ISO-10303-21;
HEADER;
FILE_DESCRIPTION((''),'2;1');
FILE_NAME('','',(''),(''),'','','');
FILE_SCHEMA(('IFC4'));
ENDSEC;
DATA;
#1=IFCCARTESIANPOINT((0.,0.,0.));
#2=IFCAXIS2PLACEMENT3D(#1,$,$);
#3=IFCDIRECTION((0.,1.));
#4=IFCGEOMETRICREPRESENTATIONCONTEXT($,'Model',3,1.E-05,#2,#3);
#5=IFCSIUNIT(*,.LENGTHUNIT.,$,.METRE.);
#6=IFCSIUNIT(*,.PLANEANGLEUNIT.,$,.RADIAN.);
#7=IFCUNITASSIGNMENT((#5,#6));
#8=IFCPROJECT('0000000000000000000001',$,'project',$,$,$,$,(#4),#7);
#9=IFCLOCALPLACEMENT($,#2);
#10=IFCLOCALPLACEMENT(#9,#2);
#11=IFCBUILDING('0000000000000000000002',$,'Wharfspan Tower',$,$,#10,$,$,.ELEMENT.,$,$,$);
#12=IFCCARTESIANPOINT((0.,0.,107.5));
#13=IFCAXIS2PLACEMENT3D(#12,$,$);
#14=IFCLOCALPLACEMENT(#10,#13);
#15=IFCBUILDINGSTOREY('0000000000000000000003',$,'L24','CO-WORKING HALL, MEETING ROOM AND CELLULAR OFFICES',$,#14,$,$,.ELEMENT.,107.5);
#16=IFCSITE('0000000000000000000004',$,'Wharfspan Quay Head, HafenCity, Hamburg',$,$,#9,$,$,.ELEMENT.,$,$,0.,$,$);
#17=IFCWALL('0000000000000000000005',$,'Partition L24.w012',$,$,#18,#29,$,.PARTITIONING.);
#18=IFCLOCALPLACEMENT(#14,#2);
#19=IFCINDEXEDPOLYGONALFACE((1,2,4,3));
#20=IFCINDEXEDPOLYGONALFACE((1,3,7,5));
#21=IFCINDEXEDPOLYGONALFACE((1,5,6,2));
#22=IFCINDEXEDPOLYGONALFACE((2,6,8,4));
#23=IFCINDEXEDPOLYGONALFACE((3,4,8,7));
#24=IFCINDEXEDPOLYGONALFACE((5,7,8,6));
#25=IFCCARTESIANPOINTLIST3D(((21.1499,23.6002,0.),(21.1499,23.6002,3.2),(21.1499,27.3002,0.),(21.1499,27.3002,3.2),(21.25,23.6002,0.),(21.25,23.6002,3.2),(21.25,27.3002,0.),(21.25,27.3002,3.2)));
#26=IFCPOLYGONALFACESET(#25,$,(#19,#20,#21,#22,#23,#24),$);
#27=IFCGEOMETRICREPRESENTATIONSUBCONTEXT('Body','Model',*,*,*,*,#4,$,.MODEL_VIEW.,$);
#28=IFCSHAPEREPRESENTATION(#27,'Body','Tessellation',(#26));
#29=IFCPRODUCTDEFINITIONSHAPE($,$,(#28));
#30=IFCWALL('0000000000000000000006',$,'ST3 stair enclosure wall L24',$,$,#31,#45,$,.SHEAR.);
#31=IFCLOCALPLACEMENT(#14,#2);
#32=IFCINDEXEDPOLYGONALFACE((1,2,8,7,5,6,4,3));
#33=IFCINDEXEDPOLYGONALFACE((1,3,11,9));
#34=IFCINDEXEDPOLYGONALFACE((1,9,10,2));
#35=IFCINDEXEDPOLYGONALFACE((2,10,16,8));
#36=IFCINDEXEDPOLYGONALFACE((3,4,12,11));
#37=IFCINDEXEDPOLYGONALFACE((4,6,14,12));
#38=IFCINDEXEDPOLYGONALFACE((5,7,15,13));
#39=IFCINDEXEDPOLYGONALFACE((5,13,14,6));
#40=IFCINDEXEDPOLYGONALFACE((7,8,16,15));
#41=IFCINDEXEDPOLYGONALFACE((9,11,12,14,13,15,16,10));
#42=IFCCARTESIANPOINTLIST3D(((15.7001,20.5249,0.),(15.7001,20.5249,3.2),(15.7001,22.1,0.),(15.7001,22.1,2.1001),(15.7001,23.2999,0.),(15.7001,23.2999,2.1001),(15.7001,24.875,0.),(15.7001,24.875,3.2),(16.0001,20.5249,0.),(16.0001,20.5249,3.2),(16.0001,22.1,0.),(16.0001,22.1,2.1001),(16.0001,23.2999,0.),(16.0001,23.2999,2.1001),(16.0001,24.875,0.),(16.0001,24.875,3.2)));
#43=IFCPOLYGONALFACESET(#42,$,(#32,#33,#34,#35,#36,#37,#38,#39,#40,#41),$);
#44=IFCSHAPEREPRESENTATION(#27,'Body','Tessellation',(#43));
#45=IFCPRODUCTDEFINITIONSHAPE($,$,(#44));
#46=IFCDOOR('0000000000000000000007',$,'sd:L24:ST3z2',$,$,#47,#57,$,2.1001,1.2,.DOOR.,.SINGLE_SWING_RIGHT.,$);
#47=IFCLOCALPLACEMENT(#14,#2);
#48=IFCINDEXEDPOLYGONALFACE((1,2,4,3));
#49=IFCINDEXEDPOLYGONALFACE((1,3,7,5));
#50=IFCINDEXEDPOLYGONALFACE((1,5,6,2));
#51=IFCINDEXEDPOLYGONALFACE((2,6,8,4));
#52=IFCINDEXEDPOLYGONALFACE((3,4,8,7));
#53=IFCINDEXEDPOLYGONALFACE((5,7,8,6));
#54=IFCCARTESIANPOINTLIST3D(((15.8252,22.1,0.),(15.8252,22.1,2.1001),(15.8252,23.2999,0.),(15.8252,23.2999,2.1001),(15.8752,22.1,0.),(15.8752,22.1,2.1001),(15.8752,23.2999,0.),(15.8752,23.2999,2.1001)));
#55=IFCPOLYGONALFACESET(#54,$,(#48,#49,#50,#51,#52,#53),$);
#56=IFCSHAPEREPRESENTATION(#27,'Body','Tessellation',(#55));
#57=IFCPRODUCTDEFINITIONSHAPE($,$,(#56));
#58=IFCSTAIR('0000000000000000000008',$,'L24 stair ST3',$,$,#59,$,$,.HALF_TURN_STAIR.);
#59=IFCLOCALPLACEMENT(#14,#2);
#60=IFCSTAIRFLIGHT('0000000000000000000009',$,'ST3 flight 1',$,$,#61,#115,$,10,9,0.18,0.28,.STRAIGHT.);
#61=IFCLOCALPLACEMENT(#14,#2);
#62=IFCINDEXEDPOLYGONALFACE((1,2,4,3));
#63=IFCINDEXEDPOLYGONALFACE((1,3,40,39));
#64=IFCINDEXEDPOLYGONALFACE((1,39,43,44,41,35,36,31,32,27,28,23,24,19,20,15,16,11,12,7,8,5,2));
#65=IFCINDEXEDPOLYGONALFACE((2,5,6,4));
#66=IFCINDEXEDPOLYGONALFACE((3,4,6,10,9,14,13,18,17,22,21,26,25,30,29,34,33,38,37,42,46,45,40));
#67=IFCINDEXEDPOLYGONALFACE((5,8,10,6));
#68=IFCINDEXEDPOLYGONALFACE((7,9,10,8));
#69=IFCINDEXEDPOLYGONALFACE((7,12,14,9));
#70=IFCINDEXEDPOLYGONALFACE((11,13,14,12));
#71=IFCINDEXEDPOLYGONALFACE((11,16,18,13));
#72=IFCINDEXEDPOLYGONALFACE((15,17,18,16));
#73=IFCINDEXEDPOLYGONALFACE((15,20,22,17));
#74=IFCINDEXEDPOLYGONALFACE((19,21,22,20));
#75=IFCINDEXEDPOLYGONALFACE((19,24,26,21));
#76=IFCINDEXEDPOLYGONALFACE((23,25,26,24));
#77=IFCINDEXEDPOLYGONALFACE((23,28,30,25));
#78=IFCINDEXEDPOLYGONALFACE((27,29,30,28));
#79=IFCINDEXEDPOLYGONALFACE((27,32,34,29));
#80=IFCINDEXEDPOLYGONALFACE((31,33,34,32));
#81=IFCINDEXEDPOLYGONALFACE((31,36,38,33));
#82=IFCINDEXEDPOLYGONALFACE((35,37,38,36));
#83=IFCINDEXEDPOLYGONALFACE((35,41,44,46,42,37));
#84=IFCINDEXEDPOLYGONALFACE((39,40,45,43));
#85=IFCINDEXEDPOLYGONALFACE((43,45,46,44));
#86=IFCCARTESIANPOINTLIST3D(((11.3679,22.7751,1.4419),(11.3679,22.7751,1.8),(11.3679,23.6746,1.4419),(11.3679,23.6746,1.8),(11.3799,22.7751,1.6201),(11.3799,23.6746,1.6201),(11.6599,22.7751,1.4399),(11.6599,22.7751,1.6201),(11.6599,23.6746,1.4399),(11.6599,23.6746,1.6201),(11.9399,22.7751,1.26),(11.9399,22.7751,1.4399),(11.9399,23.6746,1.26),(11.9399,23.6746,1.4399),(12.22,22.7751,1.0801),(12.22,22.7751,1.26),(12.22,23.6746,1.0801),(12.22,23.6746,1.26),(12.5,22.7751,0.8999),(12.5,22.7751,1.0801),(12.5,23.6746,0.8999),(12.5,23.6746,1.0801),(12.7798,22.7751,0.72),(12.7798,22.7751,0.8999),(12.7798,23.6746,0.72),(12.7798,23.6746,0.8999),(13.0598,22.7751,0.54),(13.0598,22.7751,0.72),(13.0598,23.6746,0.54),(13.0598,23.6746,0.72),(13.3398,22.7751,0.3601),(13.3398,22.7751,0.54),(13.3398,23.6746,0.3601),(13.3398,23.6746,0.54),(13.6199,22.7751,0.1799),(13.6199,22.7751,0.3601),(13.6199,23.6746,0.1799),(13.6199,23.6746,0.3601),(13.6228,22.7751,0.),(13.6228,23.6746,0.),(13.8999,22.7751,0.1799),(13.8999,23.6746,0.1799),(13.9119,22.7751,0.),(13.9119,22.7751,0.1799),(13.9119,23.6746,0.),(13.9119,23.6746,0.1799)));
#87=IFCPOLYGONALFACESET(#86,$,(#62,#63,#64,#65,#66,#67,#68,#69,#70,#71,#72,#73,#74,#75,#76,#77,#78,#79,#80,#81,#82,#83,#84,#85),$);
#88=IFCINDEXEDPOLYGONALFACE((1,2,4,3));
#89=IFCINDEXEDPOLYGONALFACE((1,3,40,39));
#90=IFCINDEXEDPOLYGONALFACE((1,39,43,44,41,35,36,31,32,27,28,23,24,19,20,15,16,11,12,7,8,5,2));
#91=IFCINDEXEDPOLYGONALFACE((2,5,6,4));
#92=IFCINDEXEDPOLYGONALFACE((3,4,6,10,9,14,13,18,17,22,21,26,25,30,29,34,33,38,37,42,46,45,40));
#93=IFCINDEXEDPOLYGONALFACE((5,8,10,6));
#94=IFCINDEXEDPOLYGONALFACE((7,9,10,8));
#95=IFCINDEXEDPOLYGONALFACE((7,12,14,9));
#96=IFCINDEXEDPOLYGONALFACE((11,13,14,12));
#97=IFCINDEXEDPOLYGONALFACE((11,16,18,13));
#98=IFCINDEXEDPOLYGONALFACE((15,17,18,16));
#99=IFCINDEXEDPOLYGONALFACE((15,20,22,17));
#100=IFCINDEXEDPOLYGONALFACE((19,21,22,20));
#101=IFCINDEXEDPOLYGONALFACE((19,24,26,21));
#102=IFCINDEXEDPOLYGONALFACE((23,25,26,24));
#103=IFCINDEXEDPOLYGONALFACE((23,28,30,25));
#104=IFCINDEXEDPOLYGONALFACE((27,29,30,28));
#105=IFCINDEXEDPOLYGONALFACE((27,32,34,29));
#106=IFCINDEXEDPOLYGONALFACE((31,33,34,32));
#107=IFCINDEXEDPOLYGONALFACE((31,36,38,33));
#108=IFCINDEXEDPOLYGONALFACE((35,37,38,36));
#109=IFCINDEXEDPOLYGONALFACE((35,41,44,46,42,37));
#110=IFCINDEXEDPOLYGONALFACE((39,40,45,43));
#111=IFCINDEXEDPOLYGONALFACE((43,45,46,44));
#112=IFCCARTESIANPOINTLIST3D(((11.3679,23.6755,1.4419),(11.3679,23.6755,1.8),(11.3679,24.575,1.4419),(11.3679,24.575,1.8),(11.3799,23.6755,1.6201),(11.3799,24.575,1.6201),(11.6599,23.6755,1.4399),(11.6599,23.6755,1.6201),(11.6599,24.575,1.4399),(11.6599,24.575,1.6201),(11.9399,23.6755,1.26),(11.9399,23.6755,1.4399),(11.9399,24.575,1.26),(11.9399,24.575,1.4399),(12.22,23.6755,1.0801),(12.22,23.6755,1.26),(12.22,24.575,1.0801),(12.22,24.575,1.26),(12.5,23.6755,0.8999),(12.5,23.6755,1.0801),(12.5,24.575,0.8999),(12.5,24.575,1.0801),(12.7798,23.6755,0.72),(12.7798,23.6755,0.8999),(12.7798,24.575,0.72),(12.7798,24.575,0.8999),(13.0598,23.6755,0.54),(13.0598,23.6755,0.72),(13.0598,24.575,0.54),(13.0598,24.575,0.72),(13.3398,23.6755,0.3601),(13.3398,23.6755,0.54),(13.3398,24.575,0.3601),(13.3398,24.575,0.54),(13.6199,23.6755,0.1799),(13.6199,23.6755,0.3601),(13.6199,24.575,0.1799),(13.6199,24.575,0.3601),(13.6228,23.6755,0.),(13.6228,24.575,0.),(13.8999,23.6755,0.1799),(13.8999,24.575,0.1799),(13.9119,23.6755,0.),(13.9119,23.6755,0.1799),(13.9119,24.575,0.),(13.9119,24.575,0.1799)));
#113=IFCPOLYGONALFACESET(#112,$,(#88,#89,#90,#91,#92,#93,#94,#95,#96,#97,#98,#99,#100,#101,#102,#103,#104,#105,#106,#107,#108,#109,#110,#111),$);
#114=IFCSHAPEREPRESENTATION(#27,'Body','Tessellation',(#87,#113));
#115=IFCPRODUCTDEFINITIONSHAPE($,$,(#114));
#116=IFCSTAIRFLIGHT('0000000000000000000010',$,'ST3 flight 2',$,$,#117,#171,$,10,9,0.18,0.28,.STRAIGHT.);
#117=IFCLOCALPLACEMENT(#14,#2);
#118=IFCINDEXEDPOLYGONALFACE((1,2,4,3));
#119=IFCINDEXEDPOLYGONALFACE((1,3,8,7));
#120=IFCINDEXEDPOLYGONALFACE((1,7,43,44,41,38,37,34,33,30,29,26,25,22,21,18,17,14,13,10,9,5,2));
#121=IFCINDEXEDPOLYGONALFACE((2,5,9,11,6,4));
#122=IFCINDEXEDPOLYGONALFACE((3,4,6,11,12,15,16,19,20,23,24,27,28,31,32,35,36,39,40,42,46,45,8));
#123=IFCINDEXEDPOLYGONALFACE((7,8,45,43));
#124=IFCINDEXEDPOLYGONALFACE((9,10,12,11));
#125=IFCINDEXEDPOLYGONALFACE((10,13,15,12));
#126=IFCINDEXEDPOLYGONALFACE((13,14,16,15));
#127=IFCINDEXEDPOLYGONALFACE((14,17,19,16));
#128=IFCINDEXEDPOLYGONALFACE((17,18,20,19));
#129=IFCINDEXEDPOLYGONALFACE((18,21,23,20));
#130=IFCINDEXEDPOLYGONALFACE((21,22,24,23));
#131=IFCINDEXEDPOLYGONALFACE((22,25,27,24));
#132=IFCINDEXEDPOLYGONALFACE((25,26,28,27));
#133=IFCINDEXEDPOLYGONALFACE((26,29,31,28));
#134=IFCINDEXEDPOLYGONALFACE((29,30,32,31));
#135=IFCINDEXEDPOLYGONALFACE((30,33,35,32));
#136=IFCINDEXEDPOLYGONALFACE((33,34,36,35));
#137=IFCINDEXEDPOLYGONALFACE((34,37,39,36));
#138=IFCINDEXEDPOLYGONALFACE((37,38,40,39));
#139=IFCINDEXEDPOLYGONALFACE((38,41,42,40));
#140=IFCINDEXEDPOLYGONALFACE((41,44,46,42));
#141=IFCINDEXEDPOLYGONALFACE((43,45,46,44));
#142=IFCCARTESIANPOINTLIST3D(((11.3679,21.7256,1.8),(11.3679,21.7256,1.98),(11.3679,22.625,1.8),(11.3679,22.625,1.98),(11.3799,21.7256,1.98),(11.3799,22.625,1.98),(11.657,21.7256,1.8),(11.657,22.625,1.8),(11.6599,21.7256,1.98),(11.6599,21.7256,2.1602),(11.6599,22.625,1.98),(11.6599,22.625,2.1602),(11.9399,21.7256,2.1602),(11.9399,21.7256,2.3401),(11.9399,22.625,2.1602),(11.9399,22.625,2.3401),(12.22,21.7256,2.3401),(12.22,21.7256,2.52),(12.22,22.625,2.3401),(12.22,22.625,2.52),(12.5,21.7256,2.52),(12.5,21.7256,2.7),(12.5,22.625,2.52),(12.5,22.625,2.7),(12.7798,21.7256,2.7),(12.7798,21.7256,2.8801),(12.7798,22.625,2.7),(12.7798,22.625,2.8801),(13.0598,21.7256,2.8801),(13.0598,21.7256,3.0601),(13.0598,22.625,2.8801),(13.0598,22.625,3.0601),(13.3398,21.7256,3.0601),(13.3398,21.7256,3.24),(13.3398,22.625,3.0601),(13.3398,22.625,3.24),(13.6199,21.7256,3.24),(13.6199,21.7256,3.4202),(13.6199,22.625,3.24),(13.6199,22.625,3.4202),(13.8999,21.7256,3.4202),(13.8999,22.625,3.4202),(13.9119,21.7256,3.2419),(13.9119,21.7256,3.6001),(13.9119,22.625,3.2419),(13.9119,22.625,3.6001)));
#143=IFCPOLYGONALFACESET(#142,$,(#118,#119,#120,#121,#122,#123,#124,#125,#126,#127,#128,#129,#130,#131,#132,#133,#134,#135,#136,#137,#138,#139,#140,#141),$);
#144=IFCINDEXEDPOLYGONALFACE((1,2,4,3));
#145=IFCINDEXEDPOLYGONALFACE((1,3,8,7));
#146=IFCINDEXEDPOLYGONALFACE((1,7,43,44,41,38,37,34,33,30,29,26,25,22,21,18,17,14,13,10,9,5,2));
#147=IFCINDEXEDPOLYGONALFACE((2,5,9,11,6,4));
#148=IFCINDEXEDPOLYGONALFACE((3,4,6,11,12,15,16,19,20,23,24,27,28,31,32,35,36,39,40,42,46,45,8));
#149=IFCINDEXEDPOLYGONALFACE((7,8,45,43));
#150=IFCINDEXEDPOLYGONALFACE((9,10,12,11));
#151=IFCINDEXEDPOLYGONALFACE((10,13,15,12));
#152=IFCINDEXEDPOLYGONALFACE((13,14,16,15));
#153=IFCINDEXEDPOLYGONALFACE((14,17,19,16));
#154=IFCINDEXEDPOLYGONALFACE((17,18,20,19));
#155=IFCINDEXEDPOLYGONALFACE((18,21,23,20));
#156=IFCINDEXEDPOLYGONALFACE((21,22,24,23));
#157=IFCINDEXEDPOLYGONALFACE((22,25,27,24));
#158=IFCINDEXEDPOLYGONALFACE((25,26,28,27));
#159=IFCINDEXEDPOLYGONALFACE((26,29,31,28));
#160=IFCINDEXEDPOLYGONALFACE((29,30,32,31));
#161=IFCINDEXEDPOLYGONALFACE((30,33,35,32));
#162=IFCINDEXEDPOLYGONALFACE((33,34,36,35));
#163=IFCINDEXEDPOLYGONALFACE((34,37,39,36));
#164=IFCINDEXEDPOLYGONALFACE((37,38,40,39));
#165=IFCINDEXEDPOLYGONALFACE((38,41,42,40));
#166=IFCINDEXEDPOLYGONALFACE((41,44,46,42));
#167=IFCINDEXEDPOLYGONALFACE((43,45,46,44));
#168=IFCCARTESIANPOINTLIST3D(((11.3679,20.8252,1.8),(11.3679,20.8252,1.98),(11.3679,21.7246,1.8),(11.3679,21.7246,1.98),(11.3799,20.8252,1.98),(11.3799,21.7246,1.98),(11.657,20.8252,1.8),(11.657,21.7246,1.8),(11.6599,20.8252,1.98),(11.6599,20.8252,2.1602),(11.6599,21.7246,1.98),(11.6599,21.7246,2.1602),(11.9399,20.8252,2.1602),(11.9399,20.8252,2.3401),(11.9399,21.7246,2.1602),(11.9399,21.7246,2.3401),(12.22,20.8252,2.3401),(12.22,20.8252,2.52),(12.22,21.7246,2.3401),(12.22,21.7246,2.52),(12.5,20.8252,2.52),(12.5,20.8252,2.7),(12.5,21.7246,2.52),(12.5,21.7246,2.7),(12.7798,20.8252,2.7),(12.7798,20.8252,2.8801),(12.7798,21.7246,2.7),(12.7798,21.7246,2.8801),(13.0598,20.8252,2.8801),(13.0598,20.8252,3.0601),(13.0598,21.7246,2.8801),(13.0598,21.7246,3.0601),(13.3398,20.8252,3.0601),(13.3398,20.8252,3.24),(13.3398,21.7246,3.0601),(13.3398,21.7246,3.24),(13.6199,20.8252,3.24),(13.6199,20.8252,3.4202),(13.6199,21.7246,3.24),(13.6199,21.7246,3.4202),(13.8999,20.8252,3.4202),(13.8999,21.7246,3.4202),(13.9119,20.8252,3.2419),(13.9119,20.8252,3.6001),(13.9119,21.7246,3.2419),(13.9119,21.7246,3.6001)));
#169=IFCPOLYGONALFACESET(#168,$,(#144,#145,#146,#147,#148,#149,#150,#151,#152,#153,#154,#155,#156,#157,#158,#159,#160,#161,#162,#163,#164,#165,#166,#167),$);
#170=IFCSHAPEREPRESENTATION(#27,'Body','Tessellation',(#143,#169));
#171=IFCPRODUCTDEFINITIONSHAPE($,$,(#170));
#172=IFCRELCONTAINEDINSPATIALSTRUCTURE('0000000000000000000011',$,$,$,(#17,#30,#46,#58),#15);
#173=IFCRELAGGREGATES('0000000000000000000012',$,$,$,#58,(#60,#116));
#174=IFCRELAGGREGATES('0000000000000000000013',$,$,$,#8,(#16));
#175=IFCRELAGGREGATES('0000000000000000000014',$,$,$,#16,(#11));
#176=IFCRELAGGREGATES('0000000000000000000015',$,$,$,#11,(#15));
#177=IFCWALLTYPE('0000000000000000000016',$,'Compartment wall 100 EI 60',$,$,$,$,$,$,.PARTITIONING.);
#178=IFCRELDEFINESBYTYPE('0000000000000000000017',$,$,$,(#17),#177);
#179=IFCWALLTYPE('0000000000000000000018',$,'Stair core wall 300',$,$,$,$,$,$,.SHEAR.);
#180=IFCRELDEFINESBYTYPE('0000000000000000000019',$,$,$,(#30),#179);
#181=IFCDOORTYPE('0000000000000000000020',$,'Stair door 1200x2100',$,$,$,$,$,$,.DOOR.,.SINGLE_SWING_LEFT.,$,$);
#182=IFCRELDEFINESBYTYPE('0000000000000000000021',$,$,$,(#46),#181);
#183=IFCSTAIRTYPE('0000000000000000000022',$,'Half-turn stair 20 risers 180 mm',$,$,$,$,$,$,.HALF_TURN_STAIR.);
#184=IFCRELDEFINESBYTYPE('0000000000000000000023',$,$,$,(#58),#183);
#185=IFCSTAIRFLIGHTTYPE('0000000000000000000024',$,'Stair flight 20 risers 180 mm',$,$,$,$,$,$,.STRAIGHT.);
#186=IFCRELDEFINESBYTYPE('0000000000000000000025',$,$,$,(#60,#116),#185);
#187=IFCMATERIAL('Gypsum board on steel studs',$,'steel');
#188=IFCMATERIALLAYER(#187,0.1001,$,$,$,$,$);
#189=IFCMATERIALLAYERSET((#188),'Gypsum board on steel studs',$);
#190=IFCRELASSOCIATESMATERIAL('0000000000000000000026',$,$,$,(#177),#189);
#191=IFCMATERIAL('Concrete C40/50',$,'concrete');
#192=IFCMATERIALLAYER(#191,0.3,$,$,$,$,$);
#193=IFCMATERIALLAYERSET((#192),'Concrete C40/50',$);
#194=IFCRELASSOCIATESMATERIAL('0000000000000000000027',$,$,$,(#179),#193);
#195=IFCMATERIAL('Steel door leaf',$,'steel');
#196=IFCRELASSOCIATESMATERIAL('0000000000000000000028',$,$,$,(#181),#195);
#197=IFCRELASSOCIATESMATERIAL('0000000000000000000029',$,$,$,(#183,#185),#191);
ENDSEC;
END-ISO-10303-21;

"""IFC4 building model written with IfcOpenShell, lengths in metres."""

from ifc_helpers import new_model, si_unit, direction, frame, frame_2d, origin, place, context, subcontext, project, spatial, polyline, rectangle, outline, extrude, material, layer, layer_set, type_object, element, fill, aggregate, save


model = new_model("IFC4")

# Units and contexts
model_context = context("Model", 3, precision=1e-05, world=origin(), true_north=direction((0.0, 1.0)))
body_context = subcontext(model_context, "Body", "Model", "MODEL_VIEW")
ifc_project = project(units=[si_unit("LENGTHUNIT", "METRE"), si_unit("PLANEANGLEUNIT", "RADIAN")], contexts=[model_context])

# Site, building, storey
site_placement = place(None, origin())
site = spatial("IfcSite", under=ifc_project, at=site_placement, Name="Wharfspan Quay Head, HafenCity, Hamburg", CompositionType="ELEMENT", RefElevation=0.0)
building_placement = place(site_placement, origin())
building = spatial("IfcBuilding", under=site, at=building_placement, Name="Wharfspan Tower", CompositionType="ELEMENT")
storey_placement = place(building_placement, frame((0.0, 0.0, 107.5)))
storey = spatial("IfcBuildingStorey", under=building, at=storey_placement, Name="L24", Description="CO-WORKING HALL, MEETING ROOM AND CELLULAR OFFICES", CompositionType="ELEMENT", Elevation=107.5)

# Shared definitions
ifc_material_1 = material(Name="Gypsum board on steel studs", Category="steel")
ifc_layer_1 = layer(ifc_material_1, 0.1001)
ifc_layer_set_1 = layer_set([ifc_layer_1], Name="Gypsum board on steel studs")
wall_type_1 = type_object("IfcWallType", Name="Compartment wall 100 EI 60", PredefinedType="PARTITIONING", material=ifc_layer_set_1)

# Wall
wall_1_placement = place(storey_placement, frame((21.2, 23.6001, 0.0), z_axis=(0.0, 0.0, 1.0), x_axis=(0.0, 1.0, 0.0)))
element("IfcWall", 1, at=wall_1_placement, inside=storey, type_object=wall_type_1, Name="Partition L24.w012", PredefinedType="PARTITIONING", context=body_context, shape_type="SweptSolid", body=[
    extrude(rectangle(XDim=3.7, YDim=0.1001, at=frame_2d((1.8501, 0.0))), origin(), (0.0, 0.0, 1.0), 3.2),
])

# Wall, opening, door
ifc_material_2 = material(Name="Concrete C40/50", Category="concrete")
ifc_layer_2 = layer(ifc_material_2, 0.3)
ifc_layer_set_2 = layer_set([ifc_layer_2], Name="Concrete C40/50")
wall_type_2 = type_object("IfcWallType", Name="Stair core wall 300", PredefinedType="SHEAR", material=ifc_layer_set_2)
wall_2_placement = place(storey_placement, frame((15.8501, 20.5249, 0.0), z_axis=(0.0, 0.0, 1.0), x_axis=(0.0, 1.0, 0.0)))
wall_2 = element("IfcWall", 2, at=wall_2_placement, inside=storey, type_object=wall_type_2, Name="ST3 stair enclosure wall L24", PredefinedType="SHEAR", context=body_context, shape_type="SweptSolid", body=[
    extrude(rectangle(XDim=4.3501, YDim=0.3, at=frame_2d((2.175, 0.0))), origin(), (0.0, 0.0, 1.0), 3.2),
])
opening_1_placement = place(wall_2_placement, frame((1.575, 0.0, 0.0)))
opening_1 = element("IfcOpeningElement", 3, at=opening_1_placement, cuts=wall_2, PredefinedType="OPENING", context=body_context, shape_type="SweptSolid", body=[
    extrude(rectangle(XDim=1.2, YDim=2.1001, at=frame_2d((0.6001, 1.05))), frame((0.0, 0.1599, 0.0), z_axis=(0.0, -1.0, 0.0), x_axis=(1.0, 0.0, 0.0)), (0.0, 0.0, 1.0), 0.3201),
])
ifc_material_3 = material(Name="Steel door leaf", Category="steel")
door_type_1 = type_object("IfcDoorType", Name="Stair door 1200x2100", OperationType="SINGLE_SWING_LEFT", PredefinedType="DOOR", material=ifc_material_3)
door_1_placement = place(opening_1_placement, origin())
door_1 = element("IfcDoor", 4, at=door_1_placement, inside=storey, type_object=door_type_1, Name="sd:L24:ST3z2", OperationType="SINGLE_SWING_RIGHT", OverallHeight=2.1001, OverallWidth=1.2, PredefinedType="DOOR", context=body_context, shape_type="SweptSolid", body=[
    extrude(rectangle(XDim=1.2, YDim=2.1001, at=frame_2d((0.6001, 1.05))), frame((0.0, 0.0249, 0.0), z_axis=(0.0, -1.0, 0.0), x_axis=(1.0, 0.0, 0.0)), (0.0, 0.0, 1.0), 0.05),
])
fill(opening_1, door_1)

# Stair, stair flights
stair_type = type_object("IfcStairType", Name="Half-turn stair 20 risers 180 mm", PredefinedType="HALF_TURN_STAIR", material=ifc_material_2)
stair_placement = place(storey_placement, origin())
stair = element("IfcStair", 5, at=stair_placement, inside=storey, type_object=stair_type, Name="L24 stair ST3", PredefinedType="HALF_TURN_STAIR")
stair_flight_type = type_object("IfcStairFlightType", Name="Stair flight 20 risers 180 mm", PredefinedType="STRAIGHT", material=ifc_material_2)
stair_flight_1_placement = place(storey_placement, frame((13.8999, 23.675, 0.0), z_axis=(0.0, 0.0, 1.0), x_axis=(-1.0, 0.0, 0.0)))
stair_flight_1 = element("IfcStairFlight", 6, at=stair_flight_1_placement, type_object=stair_flight_type, Name="ST3 flight 1", NumberOfRisers=10, NumberOfTreads=9, PredefinedType="STRAIGHT", RiserHeight=0.18, TreadLength=0.28, context=body_context, shape_type="SweptSolid", body=[
    extrude(outline(polyline([(-0.012, 0.0), (-0.012, 0.1799), (0.0, 0.1799), (0.28, 0.1799), (0.28, 0.3601), (0.5601, 0.3601), (0.5601, 0.54), (0.8401, 0.54), (0.8401, 0.72), (1.1201, 0.72), (1.1201, 0.8999), (1.3999, 0.8999), (1.3999, 1.0801), (1.6799, 1.0801), (1.6799, 1.26), (1.96, 1.26), (1.96, 1.4399), (2.24, 1.4399), (2.24, 1.6201), (2.52, 1.6201), (2.532, 1.8), (2.532, 1.4419), (0.2771, 0.0), (-0.012, 0.0)])), frame((0.0, 0.8999, 0.0), z_axis=(0.0, -1.0, 0.0), x_axis=(1.0, 0.0, 0.0)), (0.0, 0.0, 1.0), 0.8994),
    extrude(outline(polyline([(-0.012, 0.0), (-0.012, 0.1799), (0.0, 0.1799), (0.28, 0.1799), (0.28, 0.3601), (0.5601, 0.3601), (0.5601, 0.54), (0.8401, 0.54), (0.8401, 0.72), (1.1201, 0.72), (1.1201, 0.8999), (1.3999, 0.8999), (1.3999, 1.0801), (1.6799, 1.0801), (1.6799, 1.26), (1.96, 1.26), (1.96, 1.4399), (2.24, 1.4399), (2.24, 1.6201), (2.52, 1.6201), (2.532, 1.8), (2.532, 1.4419), (0.2771, 0.0), (-0.012, 0.0)])), frame((0.0, -0.0005, 0.0), z_axis=(0.0, -1.0, 0.0), x_axis=(1.0, 0.0, 0.0)), (0.0, 0.0, 1.0), 0.8994),
])
stair_flight_2_placement = place(storey_placement, frame((11.3799, 21.7251, 1.8), z_axis=(0.0, 0.0, 1.0), x_axis=(1.0, 0.0, 0.0)))
stair_flight_2 = element("IfcStairFlight", 7, at=stair_flight_2_placement, type_object=stair_flight_type, Name="ST3 flight 2", NumberOfRisers=10, NumberOfTreads=9, PredefinedType="STRAIGHT", RiserHeight=0.18, TreadLength=0.28, context=body_context, shape_type="SweptSolid", body=[
    extrude(outline(polyline([(-0.012, 0.0), (-0.012, 0.1799), (0.0, 0.1799), (0.28, 0.1799), (0.28, 0.3601), (0.5601, 0.3601), (0.5601, 0.54), (0.8401, 0.54), (0.8401, 0.72), (1.1201, 0.72), (1.1201, 0.8999), (1.3999, 0.8999), (1.3999, 1.0801), (1.6799, 1.0801), (1.6799, 1.26), (1.96, 1.26), (1.96, 1.4399), (2.24, 1.4399), (2.24, 1.6201), (2.52, 1.6201), (2.532, 1.8), (2.532, 1.4419), (0.2771, 0.0), (-0.012, 0.0)])), frame((0.0, 0.8999, 0.0), z_axis=(0.0, -1.0, 0.0), x_axis=(1.0, 0.0, 0.0)), (0.0, 0.0, 1.0), 0.8994),
    extrude(outline(polyline([(-0.012, 0.0), (-0.012, 0.1799), (0.0, 0.1799), (0.28, 0.1799), (0.28, 0.3601), (0.5601, 0.3601), (0.5601, 0.54), (0.8401, 0.54), (0.8401, 0.72), (1.1201, 0.72), (1.1201, 0.8999), (1.3999, 0.8999), (1.3999, 1.0801), (1.6799, 1.0801), (1.6799, 1.26), (1.96, 1.26), (1.96, 1.4399), (2.24, 1.4399), (2.24, 1.6201), (2.52, 1.6201), (2.532, 1.8), (2.532, 1.4419), (0.2771, 0.0), (-0.012, 0.0)])), frame((0.0, -0.0005, 0.0), z_axis=(0.0, -1.0, 0.0), x_axis=(1.0, 0.0, 0.0)), (0.0, 0.0, 1.0), 0.8994),
])
aggregate(stair, [stair_flight_1, stair_flight_2])

save(model, "model.ifc")
